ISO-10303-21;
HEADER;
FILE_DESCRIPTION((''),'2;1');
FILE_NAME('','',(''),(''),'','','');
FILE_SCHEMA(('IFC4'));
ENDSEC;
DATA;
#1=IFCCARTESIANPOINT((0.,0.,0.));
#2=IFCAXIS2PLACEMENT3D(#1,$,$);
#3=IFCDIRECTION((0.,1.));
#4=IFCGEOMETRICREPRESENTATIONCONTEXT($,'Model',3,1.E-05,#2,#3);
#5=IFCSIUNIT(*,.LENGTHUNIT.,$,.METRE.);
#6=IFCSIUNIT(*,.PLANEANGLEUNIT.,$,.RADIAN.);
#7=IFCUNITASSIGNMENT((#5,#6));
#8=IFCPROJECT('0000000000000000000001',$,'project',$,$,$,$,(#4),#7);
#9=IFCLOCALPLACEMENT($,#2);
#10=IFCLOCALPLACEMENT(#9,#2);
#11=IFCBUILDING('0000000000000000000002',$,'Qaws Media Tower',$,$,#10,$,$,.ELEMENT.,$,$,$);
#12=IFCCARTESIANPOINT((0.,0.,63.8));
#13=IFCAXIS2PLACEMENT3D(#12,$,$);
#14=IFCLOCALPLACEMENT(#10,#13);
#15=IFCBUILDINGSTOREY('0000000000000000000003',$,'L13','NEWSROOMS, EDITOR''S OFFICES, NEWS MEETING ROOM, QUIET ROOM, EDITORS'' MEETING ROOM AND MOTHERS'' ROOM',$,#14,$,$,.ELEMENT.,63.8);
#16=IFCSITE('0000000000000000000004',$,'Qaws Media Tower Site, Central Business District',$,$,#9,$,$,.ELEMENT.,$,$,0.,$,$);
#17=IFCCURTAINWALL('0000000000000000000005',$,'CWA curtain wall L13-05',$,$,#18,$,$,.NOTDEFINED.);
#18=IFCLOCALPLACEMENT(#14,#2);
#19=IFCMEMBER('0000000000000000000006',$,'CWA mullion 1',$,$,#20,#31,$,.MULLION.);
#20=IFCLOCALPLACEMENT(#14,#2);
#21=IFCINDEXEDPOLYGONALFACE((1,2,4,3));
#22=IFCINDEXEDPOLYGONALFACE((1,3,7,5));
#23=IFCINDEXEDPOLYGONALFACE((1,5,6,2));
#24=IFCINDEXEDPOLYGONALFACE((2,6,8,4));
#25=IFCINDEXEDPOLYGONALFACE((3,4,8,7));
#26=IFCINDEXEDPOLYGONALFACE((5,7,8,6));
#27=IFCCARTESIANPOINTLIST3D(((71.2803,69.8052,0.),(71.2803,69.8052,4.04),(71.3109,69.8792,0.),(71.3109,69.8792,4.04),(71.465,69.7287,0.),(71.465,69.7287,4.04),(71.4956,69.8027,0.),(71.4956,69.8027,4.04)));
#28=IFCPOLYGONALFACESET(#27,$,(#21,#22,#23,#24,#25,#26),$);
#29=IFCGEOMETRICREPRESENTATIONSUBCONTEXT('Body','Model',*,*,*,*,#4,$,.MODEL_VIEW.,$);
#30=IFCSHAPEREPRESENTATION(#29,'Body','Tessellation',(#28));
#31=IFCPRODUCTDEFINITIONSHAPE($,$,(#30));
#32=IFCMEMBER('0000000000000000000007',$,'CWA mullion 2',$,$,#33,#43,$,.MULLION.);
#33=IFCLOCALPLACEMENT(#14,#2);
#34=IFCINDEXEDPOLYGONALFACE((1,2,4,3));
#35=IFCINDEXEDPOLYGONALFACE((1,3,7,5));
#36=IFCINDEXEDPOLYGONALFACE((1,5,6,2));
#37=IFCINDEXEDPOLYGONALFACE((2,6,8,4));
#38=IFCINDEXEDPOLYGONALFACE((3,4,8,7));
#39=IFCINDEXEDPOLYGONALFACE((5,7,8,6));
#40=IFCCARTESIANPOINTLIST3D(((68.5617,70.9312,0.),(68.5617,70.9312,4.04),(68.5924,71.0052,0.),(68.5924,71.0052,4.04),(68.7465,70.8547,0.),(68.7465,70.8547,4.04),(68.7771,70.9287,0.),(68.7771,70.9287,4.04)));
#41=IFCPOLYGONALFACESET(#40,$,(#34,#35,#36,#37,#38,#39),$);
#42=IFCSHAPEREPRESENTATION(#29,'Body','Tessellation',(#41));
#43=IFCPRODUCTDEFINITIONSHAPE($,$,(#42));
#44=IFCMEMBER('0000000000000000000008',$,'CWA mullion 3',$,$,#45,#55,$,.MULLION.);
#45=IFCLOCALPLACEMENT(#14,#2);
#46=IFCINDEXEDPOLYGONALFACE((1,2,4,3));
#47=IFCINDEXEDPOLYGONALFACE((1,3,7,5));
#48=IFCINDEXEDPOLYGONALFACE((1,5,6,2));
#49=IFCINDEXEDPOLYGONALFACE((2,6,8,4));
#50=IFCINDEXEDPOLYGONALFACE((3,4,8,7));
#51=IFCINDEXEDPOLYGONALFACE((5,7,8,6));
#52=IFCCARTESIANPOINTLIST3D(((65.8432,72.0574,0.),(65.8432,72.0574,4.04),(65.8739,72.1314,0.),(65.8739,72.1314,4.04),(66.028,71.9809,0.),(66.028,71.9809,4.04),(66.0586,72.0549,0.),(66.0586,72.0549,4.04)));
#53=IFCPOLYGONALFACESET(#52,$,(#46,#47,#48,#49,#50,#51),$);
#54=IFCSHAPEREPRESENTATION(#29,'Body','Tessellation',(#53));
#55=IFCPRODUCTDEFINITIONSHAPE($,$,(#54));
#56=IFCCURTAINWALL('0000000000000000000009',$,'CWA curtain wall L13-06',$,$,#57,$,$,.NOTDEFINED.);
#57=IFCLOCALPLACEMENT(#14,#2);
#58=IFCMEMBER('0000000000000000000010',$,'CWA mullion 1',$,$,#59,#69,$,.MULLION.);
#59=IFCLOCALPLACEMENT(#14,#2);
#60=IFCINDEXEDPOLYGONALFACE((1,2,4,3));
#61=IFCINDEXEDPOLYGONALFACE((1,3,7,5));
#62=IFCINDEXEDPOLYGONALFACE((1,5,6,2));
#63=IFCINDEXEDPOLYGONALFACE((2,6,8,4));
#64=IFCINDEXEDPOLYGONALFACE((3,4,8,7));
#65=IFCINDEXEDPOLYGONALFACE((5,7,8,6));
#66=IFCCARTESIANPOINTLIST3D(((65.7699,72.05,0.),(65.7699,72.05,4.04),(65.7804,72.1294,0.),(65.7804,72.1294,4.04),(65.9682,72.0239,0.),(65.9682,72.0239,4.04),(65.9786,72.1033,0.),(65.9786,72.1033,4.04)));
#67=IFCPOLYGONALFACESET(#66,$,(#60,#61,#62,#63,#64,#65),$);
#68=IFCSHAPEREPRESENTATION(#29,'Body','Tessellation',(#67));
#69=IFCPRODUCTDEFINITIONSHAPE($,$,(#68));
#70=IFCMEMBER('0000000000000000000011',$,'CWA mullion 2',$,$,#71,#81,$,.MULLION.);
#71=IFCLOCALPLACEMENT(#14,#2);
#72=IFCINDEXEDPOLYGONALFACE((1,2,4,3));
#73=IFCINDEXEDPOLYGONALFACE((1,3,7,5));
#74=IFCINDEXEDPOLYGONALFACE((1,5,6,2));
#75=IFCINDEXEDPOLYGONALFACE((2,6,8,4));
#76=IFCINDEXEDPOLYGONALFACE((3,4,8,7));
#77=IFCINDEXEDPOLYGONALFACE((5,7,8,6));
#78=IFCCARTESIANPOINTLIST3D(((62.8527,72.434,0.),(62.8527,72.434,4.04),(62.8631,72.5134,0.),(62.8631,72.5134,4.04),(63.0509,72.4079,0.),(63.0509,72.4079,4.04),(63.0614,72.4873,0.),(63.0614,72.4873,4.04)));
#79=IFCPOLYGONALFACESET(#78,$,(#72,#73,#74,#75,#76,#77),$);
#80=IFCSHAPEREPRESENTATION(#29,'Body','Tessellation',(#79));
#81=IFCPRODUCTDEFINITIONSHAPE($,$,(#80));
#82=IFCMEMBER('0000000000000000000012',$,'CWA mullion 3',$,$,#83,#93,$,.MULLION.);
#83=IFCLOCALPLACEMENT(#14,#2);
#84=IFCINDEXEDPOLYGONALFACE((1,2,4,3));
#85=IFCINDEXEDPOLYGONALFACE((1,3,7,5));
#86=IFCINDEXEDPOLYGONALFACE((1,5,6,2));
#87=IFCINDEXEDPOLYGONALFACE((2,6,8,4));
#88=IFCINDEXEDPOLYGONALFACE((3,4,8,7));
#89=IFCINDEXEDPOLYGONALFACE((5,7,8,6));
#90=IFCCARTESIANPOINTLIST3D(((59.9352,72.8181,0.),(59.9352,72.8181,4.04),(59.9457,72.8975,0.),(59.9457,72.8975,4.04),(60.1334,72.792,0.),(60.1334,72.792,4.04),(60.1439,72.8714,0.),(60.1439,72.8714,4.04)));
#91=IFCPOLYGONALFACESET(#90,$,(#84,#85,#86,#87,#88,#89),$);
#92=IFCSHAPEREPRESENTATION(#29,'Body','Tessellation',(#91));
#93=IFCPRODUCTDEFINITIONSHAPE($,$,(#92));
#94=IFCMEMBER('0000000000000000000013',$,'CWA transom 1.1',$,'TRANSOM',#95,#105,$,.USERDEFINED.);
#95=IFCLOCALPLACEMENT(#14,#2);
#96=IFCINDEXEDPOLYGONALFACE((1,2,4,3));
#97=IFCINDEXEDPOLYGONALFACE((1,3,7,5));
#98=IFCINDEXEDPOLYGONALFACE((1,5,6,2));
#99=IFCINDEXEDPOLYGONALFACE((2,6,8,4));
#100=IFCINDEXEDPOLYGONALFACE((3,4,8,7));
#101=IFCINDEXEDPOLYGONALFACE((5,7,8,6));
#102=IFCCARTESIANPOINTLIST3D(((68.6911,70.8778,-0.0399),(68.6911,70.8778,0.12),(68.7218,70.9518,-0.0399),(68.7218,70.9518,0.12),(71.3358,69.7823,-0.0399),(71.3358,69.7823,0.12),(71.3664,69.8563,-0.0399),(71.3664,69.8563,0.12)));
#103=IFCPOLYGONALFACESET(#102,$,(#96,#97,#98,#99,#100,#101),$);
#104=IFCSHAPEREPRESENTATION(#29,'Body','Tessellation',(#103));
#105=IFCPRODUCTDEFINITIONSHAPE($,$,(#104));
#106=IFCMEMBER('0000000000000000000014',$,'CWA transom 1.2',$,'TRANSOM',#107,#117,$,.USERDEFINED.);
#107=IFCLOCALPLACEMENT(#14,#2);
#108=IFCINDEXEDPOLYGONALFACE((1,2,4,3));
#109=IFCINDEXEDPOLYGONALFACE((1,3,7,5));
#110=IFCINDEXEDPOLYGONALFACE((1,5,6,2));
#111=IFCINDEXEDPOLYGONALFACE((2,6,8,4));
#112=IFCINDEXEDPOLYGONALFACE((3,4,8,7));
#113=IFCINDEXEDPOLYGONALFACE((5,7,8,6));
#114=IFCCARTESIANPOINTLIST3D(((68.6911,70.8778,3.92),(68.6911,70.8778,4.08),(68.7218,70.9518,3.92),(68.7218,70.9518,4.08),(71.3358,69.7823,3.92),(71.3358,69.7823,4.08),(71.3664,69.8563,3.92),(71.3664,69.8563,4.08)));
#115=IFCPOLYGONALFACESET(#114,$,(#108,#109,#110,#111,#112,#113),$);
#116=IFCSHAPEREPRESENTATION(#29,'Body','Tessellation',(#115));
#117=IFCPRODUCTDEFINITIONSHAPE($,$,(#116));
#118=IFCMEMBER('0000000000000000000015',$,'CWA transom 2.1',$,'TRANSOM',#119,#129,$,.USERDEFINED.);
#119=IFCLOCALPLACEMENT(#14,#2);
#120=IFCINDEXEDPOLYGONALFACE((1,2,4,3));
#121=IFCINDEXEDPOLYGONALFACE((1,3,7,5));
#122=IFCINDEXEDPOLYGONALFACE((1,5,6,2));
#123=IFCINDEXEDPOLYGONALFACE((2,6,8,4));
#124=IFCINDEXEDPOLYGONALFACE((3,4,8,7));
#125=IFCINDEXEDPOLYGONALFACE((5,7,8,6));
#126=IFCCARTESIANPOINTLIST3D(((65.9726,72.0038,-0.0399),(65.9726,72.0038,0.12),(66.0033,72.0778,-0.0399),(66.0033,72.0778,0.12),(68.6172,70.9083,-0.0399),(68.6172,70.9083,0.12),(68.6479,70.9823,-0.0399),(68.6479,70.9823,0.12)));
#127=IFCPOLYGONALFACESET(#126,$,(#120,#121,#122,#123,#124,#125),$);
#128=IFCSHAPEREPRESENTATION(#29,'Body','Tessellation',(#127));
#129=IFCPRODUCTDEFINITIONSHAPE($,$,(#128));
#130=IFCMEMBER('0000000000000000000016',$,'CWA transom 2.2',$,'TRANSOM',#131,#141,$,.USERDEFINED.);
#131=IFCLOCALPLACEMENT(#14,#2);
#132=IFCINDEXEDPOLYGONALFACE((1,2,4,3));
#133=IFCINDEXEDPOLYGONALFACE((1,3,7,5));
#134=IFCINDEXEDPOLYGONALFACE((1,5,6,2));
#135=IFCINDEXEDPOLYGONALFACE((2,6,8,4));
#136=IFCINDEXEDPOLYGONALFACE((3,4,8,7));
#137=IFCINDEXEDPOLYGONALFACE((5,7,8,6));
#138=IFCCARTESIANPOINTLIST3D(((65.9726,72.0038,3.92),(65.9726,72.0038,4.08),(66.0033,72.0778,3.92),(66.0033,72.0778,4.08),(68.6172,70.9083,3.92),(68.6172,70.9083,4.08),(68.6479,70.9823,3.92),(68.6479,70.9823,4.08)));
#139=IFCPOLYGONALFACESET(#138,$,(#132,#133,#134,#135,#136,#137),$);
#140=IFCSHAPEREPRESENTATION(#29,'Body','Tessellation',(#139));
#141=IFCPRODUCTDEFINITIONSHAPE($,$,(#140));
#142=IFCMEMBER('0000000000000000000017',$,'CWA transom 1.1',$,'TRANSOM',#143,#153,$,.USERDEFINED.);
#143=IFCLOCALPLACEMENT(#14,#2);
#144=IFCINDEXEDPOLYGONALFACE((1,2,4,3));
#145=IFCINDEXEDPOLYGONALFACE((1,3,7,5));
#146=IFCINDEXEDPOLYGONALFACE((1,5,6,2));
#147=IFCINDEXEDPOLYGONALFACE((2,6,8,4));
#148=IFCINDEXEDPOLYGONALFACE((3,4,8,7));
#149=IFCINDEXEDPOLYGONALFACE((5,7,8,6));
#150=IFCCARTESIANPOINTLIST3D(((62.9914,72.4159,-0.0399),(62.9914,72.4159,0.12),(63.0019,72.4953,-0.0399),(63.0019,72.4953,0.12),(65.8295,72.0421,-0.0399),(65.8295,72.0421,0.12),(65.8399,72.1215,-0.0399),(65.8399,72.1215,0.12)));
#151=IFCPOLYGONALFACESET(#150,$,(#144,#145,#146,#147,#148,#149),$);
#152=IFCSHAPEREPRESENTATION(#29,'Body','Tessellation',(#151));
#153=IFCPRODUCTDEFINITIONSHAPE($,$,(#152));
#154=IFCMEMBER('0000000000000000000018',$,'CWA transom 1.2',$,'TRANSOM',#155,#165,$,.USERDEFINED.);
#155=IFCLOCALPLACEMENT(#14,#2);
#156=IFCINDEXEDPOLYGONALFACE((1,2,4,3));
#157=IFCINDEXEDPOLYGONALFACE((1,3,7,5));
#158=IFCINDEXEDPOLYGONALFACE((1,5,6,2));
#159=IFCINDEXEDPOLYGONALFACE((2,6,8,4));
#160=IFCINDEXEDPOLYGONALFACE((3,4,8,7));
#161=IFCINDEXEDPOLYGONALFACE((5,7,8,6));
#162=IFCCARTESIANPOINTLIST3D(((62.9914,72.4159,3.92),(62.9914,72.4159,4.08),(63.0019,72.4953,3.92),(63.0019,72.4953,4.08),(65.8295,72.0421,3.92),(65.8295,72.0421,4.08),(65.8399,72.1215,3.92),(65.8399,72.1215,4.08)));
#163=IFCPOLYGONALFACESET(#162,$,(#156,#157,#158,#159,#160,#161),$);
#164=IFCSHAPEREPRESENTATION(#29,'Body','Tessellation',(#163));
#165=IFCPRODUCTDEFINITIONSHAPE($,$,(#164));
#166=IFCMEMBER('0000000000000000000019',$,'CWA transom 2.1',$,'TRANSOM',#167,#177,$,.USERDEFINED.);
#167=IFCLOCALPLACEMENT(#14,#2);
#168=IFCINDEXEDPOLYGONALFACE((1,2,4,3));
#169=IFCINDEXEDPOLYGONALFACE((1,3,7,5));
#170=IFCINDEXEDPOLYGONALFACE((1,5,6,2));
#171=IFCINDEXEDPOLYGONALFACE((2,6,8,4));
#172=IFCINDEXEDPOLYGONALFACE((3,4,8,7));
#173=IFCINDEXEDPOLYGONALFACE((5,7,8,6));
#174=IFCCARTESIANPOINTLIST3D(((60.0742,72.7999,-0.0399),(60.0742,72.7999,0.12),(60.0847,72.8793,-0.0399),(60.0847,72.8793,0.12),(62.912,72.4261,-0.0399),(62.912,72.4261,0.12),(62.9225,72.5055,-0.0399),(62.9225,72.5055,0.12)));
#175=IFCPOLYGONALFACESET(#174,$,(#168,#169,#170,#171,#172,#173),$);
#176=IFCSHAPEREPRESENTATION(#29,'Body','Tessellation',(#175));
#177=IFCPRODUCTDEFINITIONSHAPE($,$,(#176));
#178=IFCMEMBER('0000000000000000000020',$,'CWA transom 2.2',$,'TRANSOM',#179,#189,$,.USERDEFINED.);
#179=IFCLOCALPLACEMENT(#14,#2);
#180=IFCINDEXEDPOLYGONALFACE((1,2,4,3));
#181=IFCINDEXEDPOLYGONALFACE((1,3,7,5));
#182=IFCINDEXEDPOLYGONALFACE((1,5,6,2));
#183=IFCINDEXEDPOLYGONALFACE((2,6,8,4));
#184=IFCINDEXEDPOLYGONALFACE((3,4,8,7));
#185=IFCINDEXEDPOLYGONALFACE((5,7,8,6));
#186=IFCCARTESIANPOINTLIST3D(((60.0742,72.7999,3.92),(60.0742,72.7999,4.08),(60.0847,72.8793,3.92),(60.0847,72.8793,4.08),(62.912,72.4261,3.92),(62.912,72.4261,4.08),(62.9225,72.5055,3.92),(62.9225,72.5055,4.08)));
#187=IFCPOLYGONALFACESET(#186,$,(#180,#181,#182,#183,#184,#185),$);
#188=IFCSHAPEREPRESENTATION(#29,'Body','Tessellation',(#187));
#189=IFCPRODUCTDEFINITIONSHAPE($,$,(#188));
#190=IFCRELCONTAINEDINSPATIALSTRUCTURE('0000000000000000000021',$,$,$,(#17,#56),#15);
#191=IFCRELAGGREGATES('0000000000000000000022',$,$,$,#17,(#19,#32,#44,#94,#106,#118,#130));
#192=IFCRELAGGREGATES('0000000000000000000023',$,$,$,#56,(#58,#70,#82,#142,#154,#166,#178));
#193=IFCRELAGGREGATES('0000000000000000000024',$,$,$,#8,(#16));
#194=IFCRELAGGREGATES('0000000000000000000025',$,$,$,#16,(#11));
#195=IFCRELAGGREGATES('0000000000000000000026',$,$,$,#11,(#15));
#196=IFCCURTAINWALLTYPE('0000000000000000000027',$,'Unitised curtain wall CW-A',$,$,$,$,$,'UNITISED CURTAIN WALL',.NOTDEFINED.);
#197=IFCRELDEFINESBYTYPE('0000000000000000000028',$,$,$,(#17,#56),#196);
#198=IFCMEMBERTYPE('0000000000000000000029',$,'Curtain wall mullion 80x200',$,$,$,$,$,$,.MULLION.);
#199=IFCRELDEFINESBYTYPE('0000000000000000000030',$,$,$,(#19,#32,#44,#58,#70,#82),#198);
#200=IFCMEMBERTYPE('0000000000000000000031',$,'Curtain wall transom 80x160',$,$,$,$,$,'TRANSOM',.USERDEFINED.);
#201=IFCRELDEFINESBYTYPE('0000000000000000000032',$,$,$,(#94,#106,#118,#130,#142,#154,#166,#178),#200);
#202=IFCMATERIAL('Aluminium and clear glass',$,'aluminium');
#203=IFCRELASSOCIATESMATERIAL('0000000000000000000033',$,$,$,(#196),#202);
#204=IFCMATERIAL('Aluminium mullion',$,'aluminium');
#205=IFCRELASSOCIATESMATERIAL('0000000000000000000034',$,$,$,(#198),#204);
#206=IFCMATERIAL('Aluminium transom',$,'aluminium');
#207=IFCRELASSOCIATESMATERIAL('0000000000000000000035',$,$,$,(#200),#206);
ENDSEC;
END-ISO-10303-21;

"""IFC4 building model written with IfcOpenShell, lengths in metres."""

from ifc_helpers import new_model, si_unit, direction, frame, origin, origin_2d, place, context, subcontext, project, spatial, rectangle, extrude, material, material_profile, profile_set, type_object, element, aggregate, save


model = new_model("IFC4")

# Units and contexts
model_context = context("Model", 3, precision=1e-05, world=origin(), true_north=direction((0.0, 1.0)))
body_context = subcontext(model_context, "Body", "Model", "MODEL_VIEW")
ifc_project = project(units=[si_unit("LENGTHUNIT", "METRE"), si_unit("PLANEANGLEUNIT", "RADIAN")], contexts=[model_context])

# Site, building, storey
site_placement = place(None, origin())
site = spatial("IfcSite", under=ifc_project, at=site_placement, Name="Qaws Media Tower Site, Central Business District", CompositionType="ELEMENT", RefElevation=0.0)
building_placement = place(site_placement, origin())
building = spatial("IfcBuilding", under=site, at=building_placement, Name="Qaws Media Tower", CompositionType="ELEMENT")
storey_placement = place(building_placement, frame((0.0, 0.0, 63.8)))
storey = spatial("IfcBuildingStorey", under=building, at=storey_placement, Name="L13", Description="NEWSROOMS, EDITOR'S OFFICES, NEWS MEETING ROOM, QUIET ROOM, EDITORS' MEETING ROOM AND MOTHERS' ROOM", CompositionType="ELEMENT", Elevation=63.8)

# Curtain walls, members
ifc_material_1 = material(Name="Aluminium and clear glass", Category="aluminium")
curtain_wall_type = type_object("IfcCurtainWallType", Name="Unitised curtain wall CW-A", ElementType="UNITISED CURTAIN WALL", PredefinedType="NOTDEFINED", material=ifc_material_1)
curtain_wall_1_placement = place(storey_placement, origin())
curtain_wall_1 = element("IfcCurtainWall", 1, at=curtain_wall_1_placement, inside=storey, type_object=curtain_wall_type, Name="CWA curtain wall L13-05", PredefinedType="NOTDEFINED")
ifc_material_2 = material(Name="Aluminium mullion", Category="aluminium")
ifc_material_profile_1 = material_profile(ifc_material_2, rectangle(XDim=0.0801, YDim=0.2, at=origin_2d()), Name="80x200")
ifc_profile_set_1 = profile_set([ifc_material_profile_1], Name="Aluminium mullion")
member_type_1 = type_object("IfcMemberType", Name="Curtain wall mullion 80x200", PredefinedType="MULLION", material=ifc_profile_set_1)
member_1_placement = place(storey_placement, frame((71.3879, 69.804, 0.0), z_axis=(0.0, 0.0, 1.0), x_axis=(-0.382683, -0.92388, 0.0)))
member_1 = element("IfcMember", 2, at=member_1_placement, type_object=member_type_1, Name="CWA mullion 1", PredefinedType="MULLION", context=body_context, shape_type="SweptSolid", body=[
    extrude(rectangle(XDim=0.0801, YDim=0.2, at=origin_2d()), origin(), (0.0, 0.0, 1.0), 4.04),
])
member_2_placement = place(storey_placement, frame((68.6694, 70.9299, 0.0), z_axis=(0.0, 0.0, 1.0), x_axis=(-0.382683, -0.92388, 0.0)))
member_2 = element("IfcMember", 3, at=member_2_placement, type_object=member_type_1, Name="CWA mullion 2", PredefinedType="MULLION", context=body_context, shape_type="SweptSolid", body=[
    extrude(rectangle(XDim=0.0801, YDim=0.2, at=origin_2d()), origin(), (0.0, 0.0, 1.0), 4.04),
])
member_3_placement = place(storey_placement, frame((65.9509, 72.0562, 0.0), z_axis=(0.0, 0.0, 1.0), x_axis=(-0.382683, -0.92388, 0.0)))
member_3 = element("IfcMember", 4, at=member_3_placement, type_object=member_type_1, Name="CWA mullion 3", PredefinedType="MULLION", context=body_context, shape_type="SweptSolid", body=[
    extrude(rectangle(XDim=0.0801, YDim=0.2, at=origin_2d()), origin(), (0.0, 0.0, 1.0), 4.04),
])
curtain_wall_2_placement = place(storey_placement, origin())
curtain_wall_2 = element("IfcCurtainWall", 5, at=curtain_wall_2_placement, inside=storey, type_object=curtain_wall_type, Name="CWA curtain wall L13-06", PredefinedType="NOTDEFINED")
member_4_placement = place(storey_placement, frame((65.8743, 72.0767, 0.0), z_axis=(0.0, 0.0, 1.0), x_axis=(-0.130526, -0.991445, 0.0)))
member_4 = element("IfcMember", 6, at=member_4_placement, type_object=member_type_1, Name="CWA mullion 1", PredefinedType="MULLION", context=body_context, shape_type="SweptSolid", body=[
    extrude(rectangle(XDim=0.0801, YDim=0.2, at=origin_2d()), origin(), (0.0, 0.0, 1.0), 4.04),
])
member_5_placement = place(storey_placement, frame((62.957, 72.4607, 0.0), z_axis=(0.0, 0.0, 1.0), x_axis=(-0.130526, -0.991445, 0.0)))
member_5 = element("IfcMember", 7, at=member_5_placement, type_object=member_type_1, Name="CWA mullion 2", PredefinedType="MULLION", context=body_context, shape_type="SweptSolid", body=[
    extrude(rectangle(XDim=0.0801, YDim=0.2, at=origin_2d()), origin(), (0.0, 0.0, 1.0), 4.04),
])
member_6_placement = place(storey_placement, frame((60.0396, 72.8447, 0.0), z_axis=(0.0, 0.0, 1.0), x_axis=(-0.130526, -0.991445, 0.0)))
member_6 = element("IfcMember", 8, at=member_6_placement, type_object=member_type_1, Name="CWA mullion 3", PredefinedType="MULLION", context=body_context, shape_type="SweptSolid", body=[
    extrude(rectangle(XDim=0.0801, YDim=0.2, at=origin_2d()), origin(), (0.0, 0.0, 1.0), 4.04),
])

# Members
ifc_material_3 = material(Name="Aluminium transom", Category="aluminium")
ifc_material_profile_2 = material_profile(ifc_material_3, rectangle(XDim=0.0801, YDim=0.1599, at=origin_2d()), Name="80x160")
ifc_profile_set_2 = profile_set([ifc_material_profile_2], Name="Aluminium transom")
member_type_2 = type_object("IfcMemberType", Name="Curtain wall transom 80x160", ElementType="TRANSOM", PredefinedType="USERDEFINED", material=ifc_profile_set_2)
member_7_placement = place(storey_placement, frame((71.3511, 69.8193, 0.04), z_axis=(-0.923872, 0.382701, 0.0), x_axis=(-0.382701, -0.923872, 0.0)))
member_7 = element("IfcMember", 9, at=member_7_placement, type_object=member_type_2, Name="CWA transom 1.1", ObjectType="TRANSOM", PredefinedType="USERDEFINED", context=body_context, shape_type="SweptSolid", body=[
    extrude(rectangle(XDim=0.0801, YDim=0.1599, at=origin_2d()), origin(), (0.0, 0.0, 1.0), 2.8625),
])
member_8_placement = place(storey_placement, frame((71.3511, 69.8193, 4.0), z_axis=(-0.923872, 0.382701, 0.0), x_axis=(-0.382701, -0.923872, 0.0)))
member_8 = element("IfcMember", 10, at=member_8_placement, type_object=member_type_2, Name="CWA transom 1.2", ObjectType="TRANSOM", PredefinedType="USERDEFINED", context=body_context, shape_type="SweptSolid", body=[
    extrude(rectangle(XDim=0.0801, YDim=0.1599, at=origin_2d()), origin(), (0.0, 0.0, 1.0), 2.8625),
])
member_9_placement = place(storey_placement, frame((68.6326, 70.9453, 0.04), z_axis=(-0.923872, 0.382701, 0.0), x_axis=(-0.382701, -0.923872, 0.0)))
member_9 = element("IfcMember", 11, at=member_9_placement, type_object=member_type_2, Name="CWA transom 2.1", ObjectType="TRANSOM", PredefinedType="USERDEFINED", context=body_context, shape_type="SweptSolid", body=[
    extrude(rectangle(XDim=0.0801, YDim=0.1599, at=origin_2d()), origin(), (0.0, 0.0, 1.0), 2.8625),
])
member_10_placement = place(storey_placement, frame((68.6326, 70.9453, 4.0), z_axis=(-0.923872, 0.382701, 0.0), x_axis=(-0.382701, -0.923872, 0.0)))
member_10 = element("IfcMember", 12, at=member_10_placement, type_object=member_type_2, Name="CWA transom 2.2", ObjectType="TRANSOM", PredefinedType="USERDEFINED", context=body_context, shape_type="SweptSolid", body=[
    extrude(rectangle(XDim=0.0801, YDim=0.1599, at=origin_2d()), origin(), (0.0, 0.0, 1.0), 2.8625),
])
member_11_placement = place(storey_placement, frame((65.8347, 72.0818, 0.04), z_axis=(-0.991439, 0.130571, 0.0), x_axis=(-0.130571, -0.991439, 0.0)))
member_11 = element("IfcMember", 13, at=member_11_placement, type_object=member_type_2, Name="CWA transom 1.1", ObjectType="TRANSOM", PredefinedType="USERDEFINED", context=body_context, shape_type="SweptSolid", body=[
    extrude(rectangle(XDim=0.0801, YDim=0.1599, at=origin_2d()), origin(), (0.0, 0.0, 1.0), 2.8625),
])
member_12_placement = place(storey_placement, frame((65.8347, 72.0818, 4.0), z_axis=(-0.991439, 0.130571, 0.0), x_axis=(-0.130571, -0.991439, 0.0)))
member_12 = element("IfcMember", 14, at=member_12_placement, type_object=member_type_2, Name="CWA transom 1.2", ObjectType="TRANSOM", PredefinedType="USERDEFINED", context=body_context, shape_type="SweptSolid", body=[
    extrude(rectangle(XDim=0.0801, YDim=0.1599, at=origin_2d()), origin(), (0.0, 0.0, 1.0), 2.8625),
])
member_13_placement = place(storey_placement, frame((62.9172, 72.4658, 0.04), z_axis=(-0.991437, 0.130582, 0.0), x_axis=(-0.130582, -0.991437, 0.0)))
member_13 = element("IfcMember", 15, at=member_13_placement, type_object=member_type_2, Name="CWA transom 2.1", ObjectType="TRANSOM", PredefinedType="USERDEFINED", context=body_context, shape_type="SweptSolid", body=[
    extrude(rectangle(XDim=0.0801, YDim=0.1599, at=origin_2d()), origin(), (0.0, 0.0, 1.0), 2.8623),
])
member_14_placement = place(storey_placement, frame((62.9172, 72.4658, 4.0), z_axis=(-0.991437, 0.130582, 0.0), x_axis=(-0.130582, -0.991437, 0.0)))
member_14 = element("IfcMember", 16, at=member_14_placement, type_object=member_type_2, Name="CWA transom 2.2", ObjectType="TRANSOM", PredefinedType="USERDEFINED", context=body_context, shape_type="SweptSolid", body=[
    extrude(rectangle(XDim=0.0801, YDim=0.1599, at=origin_2d()), origin(), (0.0, 0.0, 1.0), 2.8623),
])

aggregate(curtain_wall_1, [member_1, member_2, member_3, member_7, member_8, member_9, member_10])
aggregate(curtain_wall_2, [member_4, member_5, member_6, member_11, member_12, member_13, member_14])

save(model, "model.ifc")
